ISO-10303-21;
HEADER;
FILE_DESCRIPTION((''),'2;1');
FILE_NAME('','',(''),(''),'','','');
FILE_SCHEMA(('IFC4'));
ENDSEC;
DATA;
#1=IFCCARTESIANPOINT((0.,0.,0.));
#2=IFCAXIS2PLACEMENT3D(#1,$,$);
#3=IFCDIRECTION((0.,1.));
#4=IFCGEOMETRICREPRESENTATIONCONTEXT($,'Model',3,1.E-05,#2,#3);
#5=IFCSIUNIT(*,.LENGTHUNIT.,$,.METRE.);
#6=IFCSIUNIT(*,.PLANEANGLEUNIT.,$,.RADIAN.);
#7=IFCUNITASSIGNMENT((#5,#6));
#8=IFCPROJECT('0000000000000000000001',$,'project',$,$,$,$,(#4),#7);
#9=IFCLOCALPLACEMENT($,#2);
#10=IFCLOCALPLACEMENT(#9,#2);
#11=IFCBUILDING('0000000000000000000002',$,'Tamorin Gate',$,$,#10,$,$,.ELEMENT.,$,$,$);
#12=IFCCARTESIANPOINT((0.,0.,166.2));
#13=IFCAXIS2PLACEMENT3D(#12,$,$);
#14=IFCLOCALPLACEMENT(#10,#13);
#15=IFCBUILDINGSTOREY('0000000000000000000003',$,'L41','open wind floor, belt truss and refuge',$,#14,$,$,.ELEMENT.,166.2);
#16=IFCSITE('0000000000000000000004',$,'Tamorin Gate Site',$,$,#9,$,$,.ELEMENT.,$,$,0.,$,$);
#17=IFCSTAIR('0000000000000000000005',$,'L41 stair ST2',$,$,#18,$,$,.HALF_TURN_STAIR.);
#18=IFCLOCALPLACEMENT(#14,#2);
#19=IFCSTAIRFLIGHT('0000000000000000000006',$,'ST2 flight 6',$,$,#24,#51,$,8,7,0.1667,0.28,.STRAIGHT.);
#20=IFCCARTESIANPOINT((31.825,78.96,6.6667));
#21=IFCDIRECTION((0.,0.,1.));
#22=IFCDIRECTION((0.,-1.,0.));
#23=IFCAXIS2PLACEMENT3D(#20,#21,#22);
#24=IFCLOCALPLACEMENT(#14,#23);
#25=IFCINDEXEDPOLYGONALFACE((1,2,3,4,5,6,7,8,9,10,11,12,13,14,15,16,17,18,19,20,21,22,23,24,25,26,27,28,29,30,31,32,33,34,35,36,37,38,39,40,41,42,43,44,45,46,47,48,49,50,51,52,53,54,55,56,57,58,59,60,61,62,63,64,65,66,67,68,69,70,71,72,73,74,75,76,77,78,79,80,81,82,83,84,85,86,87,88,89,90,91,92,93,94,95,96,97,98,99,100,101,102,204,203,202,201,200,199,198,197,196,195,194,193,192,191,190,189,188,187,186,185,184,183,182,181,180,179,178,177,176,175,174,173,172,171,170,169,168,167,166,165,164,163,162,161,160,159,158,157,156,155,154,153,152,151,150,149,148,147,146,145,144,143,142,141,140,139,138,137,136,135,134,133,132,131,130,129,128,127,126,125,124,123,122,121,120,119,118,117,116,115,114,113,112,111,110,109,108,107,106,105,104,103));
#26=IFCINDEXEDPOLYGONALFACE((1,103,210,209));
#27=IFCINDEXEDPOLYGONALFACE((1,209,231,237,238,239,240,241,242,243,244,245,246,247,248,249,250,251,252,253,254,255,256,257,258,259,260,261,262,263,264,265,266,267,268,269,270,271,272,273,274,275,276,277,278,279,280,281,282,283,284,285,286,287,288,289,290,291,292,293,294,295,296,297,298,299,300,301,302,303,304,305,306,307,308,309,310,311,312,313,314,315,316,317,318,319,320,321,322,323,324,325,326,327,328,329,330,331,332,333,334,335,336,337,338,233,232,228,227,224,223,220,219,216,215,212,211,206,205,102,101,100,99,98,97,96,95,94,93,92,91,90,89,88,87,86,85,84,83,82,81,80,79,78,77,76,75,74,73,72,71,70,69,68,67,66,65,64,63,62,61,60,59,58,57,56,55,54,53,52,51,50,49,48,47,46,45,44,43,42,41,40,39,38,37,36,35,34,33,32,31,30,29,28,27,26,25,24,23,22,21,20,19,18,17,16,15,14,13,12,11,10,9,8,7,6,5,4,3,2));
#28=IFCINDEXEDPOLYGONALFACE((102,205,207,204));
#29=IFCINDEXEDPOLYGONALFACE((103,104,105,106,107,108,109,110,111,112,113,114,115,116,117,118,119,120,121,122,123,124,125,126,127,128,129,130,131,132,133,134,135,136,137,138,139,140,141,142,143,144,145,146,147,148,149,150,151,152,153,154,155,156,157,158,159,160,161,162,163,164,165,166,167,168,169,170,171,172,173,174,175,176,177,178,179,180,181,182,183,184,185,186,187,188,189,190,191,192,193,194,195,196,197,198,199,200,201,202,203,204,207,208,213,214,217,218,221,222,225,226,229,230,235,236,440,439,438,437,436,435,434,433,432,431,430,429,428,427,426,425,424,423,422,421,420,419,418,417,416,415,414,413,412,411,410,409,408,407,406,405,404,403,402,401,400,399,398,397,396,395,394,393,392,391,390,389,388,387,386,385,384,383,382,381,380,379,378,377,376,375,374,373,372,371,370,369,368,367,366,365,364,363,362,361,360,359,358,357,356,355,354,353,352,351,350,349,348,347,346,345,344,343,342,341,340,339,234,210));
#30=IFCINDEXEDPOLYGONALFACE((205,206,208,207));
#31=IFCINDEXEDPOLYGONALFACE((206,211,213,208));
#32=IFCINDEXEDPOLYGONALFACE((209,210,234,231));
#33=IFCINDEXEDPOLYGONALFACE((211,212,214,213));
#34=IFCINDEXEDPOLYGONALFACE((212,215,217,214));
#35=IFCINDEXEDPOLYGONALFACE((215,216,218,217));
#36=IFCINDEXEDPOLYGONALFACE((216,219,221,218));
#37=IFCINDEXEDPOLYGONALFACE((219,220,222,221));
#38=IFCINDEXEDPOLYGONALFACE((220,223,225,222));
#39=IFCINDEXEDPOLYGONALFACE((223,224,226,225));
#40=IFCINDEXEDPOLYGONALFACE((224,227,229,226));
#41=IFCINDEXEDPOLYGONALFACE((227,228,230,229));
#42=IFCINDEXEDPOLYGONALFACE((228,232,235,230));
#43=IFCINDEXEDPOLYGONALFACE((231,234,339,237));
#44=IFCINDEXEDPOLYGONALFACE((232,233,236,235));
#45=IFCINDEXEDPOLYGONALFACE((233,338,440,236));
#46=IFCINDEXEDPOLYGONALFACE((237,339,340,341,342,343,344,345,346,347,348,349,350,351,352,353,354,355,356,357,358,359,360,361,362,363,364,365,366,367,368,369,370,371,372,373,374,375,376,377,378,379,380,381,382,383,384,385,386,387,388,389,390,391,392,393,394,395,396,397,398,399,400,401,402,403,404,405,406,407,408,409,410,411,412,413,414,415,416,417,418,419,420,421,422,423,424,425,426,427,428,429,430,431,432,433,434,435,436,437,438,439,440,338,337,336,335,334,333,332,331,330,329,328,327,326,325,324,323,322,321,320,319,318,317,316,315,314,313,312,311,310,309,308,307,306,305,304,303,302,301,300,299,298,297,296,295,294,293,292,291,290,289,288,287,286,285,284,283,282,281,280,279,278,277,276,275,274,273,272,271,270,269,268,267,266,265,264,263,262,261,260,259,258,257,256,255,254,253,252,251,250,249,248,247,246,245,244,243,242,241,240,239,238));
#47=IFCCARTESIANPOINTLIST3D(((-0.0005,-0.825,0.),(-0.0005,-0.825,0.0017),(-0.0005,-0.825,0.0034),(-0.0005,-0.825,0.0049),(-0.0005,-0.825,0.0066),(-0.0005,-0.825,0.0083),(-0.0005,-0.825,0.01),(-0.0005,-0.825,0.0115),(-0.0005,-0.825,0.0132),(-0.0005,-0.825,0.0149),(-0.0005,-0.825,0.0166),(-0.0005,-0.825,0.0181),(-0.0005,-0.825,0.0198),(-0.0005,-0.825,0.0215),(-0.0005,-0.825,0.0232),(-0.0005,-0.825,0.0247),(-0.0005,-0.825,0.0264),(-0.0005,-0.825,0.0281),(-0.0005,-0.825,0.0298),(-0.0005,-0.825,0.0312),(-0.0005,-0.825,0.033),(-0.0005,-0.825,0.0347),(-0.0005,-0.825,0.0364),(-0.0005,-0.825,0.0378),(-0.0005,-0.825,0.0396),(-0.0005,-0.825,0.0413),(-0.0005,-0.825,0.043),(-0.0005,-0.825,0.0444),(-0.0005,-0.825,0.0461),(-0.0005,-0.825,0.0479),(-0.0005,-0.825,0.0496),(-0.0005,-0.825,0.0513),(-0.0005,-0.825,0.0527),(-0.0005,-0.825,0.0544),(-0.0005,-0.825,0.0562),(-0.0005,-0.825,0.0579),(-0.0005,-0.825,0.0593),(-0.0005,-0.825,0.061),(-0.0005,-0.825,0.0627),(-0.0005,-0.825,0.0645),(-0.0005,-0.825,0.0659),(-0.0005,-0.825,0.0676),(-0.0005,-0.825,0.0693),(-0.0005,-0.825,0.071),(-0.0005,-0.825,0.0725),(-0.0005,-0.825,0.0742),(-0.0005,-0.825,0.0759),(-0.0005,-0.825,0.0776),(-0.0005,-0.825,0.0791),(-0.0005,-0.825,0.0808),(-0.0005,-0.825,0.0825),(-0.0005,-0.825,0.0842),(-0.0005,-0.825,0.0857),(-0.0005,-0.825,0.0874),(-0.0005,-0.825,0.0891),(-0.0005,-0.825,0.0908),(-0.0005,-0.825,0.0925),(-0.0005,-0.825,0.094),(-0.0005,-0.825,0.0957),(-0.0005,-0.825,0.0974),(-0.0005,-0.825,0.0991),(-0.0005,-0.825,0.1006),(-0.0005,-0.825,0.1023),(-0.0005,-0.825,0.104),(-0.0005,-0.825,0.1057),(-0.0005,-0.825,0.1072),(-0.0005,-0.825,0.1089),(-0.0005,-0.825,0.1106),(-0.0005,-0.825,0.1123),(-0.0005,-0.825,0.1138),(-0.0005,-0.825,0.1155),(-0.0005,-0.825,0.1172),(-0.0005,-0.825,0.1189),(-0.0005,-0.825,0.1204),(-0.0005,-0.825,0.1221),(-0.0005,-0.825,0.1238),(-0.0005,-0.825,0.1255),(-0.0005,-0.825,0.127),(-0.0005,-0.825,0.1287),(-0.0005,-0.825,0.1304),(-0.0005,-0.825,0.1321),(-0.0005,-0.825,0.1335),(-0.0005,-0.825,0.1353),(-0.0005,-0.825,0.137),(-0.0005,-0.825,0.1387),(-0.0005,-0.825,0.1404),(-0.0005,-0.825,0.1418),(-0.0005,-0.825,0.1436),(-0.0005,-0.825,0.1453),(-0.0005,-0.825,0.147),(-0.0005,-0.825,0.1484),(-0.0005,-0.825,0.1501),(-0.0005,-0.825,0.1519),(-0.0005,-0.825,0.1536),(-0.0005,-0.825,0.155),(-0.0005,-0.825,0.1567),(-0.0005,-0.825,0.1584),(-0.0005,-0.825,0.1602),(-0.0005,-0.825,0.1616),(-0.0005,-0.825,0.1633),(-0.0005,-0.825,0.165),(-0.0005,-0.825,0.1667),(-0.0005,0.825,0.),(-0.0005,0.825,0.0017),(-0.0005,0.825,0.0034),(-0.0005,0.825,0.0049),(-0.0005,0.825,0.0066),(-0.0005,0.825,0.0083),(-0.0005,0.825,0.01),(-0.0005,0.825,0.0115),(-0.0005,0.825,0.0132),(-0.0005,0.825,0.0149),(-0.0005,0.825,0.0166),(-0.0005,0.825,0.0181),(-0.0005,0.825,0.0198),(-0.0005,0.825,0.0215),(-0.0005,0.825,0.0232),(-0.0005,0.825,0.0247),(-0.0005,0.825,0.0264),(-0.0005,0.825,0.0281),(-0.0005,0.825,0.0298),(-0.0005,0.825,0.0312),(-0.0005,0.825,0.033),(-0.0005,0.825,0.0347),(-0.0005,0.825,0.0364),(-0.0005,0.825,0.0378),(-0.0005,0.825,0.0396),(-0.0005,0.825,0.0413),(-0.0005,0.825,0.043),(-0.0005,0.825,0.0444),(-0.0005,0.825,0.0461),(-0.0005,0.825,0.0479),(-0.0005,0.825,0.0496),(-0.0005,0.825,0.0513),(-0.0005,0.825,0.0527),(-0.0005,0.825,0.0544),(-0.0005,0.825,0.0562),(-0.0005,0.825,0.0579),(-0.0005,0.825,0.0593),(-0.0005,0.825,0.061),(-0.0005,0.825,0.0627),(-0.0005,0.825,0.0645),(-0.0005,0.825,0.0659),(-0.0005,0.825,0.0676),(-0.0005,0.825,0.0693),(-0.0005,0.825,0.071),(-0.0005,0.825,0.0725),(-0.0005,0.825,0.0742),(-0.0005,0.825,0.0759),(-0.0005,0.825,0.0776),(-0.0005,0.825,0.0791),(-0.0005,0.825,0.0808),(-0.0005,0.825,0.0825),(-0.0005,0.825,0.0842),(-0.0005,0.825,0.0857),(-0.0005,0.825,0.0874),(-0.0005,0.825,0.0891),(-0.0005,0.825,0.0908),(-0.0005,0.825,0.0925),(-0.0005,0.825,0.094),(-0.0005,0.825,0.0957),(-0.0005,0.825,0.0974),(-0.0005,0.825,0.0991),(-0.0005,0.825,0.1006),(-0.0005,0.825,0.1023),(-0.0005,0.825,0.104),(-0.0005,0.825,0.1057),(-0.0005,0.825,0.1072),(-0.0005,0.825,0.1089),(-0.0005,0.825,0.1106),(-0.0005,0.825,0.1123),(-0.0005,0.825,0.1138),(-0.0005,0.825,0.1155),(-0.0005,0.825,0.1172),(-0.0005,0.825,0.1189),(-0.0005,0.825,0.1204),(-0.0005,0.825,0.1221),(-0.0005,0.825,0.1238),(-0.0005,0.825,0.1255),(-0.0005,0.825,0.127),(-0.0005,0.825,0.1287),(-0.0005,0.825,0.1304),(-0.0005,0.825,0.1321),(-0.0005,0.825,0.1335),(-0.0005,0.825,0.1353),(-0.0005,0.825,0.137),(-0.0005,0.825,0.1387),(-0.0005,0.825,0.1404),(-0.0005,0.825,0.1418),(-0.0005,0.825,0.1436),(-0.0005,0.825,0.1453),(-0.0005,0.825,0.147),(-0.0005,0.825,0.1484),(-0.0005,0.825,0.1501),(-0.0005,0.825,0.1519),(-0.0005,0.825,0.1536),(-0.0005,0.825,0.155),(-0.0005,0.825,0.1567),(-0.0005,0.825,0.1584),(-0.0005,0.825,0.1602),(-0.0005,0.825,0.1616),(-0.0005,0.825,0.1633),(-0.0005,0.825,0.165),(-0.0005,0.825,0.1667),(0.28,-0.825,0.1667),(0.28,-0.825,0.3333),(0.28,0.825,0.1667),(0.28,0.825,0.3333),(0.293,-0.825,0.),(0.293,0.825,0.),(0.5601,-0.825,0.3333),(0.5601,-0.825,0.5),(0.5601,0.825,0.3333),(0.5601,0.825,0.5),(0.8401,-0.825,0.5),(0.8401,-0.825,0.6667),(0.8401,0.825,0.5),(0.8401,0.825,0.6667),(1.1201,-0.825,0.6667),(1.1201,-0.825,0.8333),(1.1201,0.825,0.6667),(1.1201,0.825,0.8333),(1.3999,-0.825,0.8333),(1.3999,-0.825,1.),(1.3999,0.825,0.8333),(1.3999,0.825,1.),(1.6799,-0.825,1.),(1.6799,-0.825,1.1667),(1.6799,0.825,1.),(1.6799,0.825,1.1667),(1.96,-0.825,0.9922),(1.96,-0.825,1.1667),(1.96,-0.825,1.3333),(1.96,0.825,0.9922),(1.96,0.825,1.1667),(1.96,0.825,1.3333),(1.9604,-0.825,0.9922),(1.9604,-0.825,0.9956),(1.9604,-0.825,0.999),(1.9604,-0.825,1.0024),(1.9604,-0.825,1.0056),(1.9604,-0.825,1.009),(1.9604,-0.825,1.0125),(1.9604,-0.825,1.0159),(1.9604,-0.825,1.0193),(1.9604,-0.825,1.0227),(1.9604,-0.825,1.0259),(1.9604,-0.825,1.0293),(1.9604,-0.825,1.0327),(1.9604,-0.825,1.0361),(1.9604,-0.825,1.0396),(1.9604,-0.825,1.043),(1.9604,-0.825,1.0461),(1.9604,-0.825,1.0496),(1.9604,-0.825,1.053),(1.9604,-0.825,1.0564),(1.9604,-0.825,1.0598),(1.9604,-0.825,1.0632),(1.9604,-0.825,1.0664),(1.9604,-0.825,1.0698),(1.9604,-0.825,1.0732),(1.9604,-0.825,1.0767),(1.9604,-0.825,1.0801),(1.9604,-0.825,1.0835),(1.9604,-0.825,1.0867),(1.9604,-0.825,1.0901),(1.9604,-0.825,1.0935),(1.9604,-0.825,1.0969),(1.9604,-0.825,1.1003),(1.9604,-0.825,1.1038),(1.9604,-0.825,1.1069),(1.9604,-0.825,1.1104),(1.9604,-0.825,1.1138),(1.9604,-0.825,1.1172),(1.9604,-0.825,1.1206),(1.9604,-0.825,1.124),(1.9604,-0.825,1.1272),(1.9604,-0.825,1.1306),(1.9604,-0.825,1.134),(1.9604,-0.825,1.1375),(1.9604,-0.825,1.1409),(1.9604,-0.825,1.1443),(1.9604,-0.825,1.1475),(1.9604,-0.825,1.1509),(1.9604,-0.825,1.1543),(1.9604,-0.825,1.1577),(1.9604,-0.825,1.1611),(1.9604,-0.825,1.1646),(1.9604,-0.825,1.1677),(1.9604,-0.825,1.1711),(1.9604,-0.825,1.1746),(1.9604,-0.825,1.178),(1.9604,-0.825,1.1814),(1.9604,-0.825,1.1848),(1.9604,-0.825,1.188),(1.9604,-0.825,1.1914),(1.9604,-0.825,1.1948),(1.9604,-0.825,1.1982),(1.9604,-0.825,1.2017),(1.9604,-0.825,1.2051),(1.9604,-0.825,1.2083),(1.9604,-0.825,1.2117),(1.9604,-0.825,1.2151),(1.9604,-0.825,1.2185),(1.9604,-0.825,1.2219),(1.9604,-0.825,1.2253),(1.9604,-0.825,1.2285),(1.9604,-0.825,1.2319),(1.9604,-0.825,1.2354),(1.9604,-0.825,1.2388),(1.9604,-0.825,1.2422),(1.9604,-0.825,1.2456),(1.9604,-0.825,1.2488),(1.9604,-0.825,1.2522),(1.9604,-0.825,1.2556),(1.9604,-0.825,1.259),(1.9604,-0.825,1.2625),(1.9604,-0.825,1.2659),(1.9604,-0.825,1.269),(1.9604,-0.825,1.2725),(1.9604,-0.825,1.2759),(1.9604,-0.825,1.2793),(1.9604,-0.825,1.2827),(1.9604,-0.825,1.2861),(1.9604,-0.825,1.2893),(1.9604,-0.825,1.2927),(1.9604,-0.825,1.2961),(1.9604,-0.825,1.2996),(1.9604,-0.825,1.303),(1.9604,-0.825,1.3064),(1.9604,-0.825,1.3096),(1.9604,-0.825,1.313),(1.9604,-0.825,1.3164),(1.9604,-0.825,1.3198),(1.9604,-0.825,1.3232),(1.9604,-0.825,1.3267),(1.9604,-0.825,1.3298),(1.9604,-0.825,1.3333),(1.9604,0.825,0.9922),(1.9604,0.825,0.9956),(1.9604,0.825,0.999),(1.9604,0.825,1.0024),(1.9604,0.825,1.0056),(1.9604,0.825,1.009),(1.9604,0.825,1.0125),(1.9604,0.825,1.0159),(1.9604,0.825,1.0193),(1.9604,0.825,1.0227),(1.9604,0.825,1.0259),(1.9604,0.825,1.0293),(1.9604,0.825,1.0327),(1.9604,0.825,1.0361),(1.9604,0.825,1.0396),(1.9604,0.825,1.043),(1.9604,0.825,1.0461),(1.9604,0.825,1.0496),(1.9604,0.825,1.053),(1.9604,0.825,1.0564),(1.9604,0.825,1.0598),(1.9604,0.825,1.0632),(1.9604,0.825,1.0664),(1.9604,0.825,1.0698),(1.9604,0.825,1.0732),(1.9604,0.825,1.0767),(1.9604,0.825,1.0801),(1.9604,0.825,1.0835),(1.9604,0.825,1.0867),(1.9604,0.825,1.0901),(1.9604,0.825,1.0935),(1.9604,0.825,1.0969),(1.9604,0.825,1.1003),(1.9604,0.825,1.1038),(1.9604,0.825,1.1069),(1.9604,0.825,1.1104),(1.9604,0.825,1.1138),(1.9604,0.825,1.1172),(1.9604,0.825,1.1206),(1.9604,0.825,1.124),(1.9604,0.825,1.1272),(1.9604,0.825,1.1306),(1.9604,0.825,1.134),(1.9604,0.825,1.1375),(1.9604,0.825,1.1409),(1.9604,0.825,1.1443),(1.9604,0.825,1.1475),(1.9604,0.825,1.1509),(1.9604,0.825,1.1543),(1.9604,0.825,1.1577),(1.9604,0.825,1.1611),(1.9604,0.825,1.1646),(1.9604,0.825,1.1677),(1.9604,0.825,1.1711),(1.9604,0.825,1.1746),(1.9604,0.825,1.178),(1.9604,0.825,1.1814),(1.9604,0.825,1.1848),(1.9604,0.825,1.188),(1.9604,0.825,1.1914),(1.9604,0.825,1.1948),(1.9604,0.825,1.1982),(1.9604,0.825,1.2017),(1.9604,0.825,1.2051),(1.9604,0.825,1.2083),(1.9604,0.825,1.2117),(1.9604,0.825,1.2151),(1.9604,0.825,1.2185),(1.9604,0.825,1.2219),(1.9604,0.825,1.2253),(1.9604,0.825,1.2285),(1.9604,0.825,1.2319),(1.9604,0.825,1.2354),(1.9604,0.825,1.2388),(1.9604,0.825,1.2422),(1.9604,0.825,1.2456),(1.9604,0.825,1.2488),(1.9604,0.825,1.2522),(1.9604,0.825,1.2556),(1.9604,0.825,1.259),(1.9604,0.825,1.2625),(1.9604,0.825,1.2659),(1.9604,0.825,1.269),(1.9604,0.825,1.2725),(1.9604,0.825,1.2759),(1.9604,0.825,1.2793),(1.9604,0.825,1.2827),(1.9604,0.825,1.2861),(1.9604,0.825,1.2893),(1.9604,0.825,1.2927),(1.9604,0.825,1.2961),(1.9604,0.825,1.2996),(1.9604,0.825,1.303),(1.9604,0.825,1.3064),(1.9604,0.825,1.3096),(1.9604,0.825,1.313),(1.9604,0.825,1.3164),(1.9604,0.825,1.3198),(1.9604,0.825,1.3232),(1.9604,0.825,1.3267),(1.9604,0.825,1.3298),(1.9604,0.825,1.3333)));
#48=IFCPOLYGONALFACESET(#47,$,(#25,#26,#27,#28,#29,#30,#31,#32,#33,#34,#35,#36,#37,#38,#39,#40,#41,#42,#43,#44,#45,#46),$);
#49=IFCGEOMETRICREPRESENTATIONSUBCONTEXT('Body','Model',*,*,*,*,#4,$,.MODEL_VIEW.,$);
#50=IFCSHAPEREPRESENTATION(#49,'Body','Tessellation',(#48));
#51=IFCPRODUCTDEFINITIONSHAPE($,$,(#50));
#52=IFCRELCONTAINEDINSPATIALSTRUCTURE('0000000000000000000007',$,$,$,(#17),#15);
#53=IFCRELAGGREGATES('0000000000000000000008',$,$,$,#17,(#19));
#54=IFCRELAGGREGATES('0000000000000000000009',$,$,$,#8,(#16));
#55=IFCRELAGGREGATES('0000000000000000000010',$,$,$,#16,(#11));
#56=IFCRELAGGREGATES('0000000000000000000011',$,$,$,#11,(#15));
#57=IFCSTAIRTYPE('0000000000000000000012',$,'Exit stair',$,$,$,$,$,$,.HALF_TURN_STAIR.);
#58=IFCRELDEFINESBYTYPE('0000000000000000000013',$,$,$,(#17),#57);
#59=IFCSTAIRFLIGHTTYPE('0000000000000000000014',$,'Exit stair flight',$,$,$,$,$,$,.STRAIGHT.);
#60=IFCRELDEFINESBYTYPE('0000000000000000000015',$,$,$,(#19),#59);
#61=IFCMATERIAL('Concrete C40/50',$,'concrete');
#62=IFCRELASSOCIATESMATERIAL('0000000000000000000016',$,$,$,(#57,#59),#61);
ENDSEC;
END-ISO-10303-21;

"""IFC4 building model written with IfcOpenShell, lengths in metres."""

from ifc_helpers import new_model, si_unit, direction, frame, origin, place, context, subcontext, project, spatial, polyline, outline, extrude, material, type_object, element, aggregate, save


model = new_model("IFC4")

# Units and contexts
model_context = context("Model", 3, precision=1e-05, world=origin(), true_north=direction((0.0, 1.0)))
body_context = subcontext(model_context, "Body", "Model", "MODEL_VIEW")
ifc_project = project(units=[si_unit("LENGTHUNIT", "METRE"), si_unit("PLANEANGLEUNIT", "RADIAN")], contexts=[model_context])

# Site, building, storey
site_placement = place(None, origin())
site = spatial("IfcSite", under=ifc_project, at=site_placement, Name="Tamorin Gate Site", CompositionType="ELEMENT", RefElevation=0.0)
building_placement = place(site_placement, origin())
building = spatial("IfcBuilding", under=site, at=building_placement, Name="Tamorin Gate", CompositionType="ELEMENT")
storey_placement = place(building_placement, frame((0.0, 0.0, 166.2)))
storey = spatial("IfcBuildingStorey", under=building, at=storey_placement, Name="L41", Description="open wind floor, belt truss and refuge", CompositionType="ELEMENT", Elevation=166.2)

# Stair, stair flight
ifc_material_1 = material(Name="Concrete C40/50", Category="concrete")
stair_type = type_object("IfcStairType", Name="Exit stair", PredefinedType="HALF_TURN_STAIR", material=ifc_material_1)
stair_placement = place(storey_placement, origin())
stair = element("IfcStair", 1, at=stair_placement, inside=storey, type_object=stair_type, Name="L41 stair ST2", PredefinedType="HALF_TURN_STAIR")
stair_flight_type = type_object("IfcStairFlightType", Name="Exit stair flight", PredefinedType="STRAIGHT", material=ifc_material_1)
stair_flight_1_placement = place(storey_placement, frame((31.825, 78.96, 6.6667), z_axis=(0.0, 0.0, 1.0), x_axis=(0.0, -1.0, 0.0)))
stair_flight_1 = element("IfcStairFlight", 2, at=stair_flight_1_placement, type_object=stair_flight_type, Name="ST2 flight 6", NumberOfRisers=8, NumberOfTreads=7, PredefinedType="STRAIGHT", RiserHeight=0.1667, TreadLength=0.28, context=body_context, shape_type="SweptSolid", body=[
    extrude(outline(polyline([(-0.0005, 0.0), (-0.0005, 0.0017), (-0.0005, 0.0034), (-0.0005, 0.0049), (-0.0005, 0.0066), (-0.0005, 0.0083), (-0.0005, 0.01), (-0.0005, 0.0115), (-0.0005, 0.0132), (-0.0005, 0.0149), (-0.0005, 0.0166), (-0.0005, 0.0181), (-0.0005, 0.0198), (-0.0005, 0.0215), (-0.0005, 0.0232), (-0.0005, 0.0247), (-0.0005, 0.0264), (-0.0005, 0.0281), (-0.0005, 0.0298), (-0.0005, 0.0312), (-0.0005, 0.033), (-0.0005, 0.0347), (-0.0005, 0.0364), (-0.0005, 0.0378), (-0.0005, 0.0396), (-0.0005, 0.0413), (-0.0005, 0.043), (-0.0005, 0.0444), (-0.0005, 0.0461), (-0.0005, 0.0479), (-0.0005, 0.0496), (-0.0005, 0.0513), (-0.0005, 0.0527), (-0.0005, 0.0544), (-0.0005, 0.0562), (-0.0005, 0.0579), (-0.0005, 0.0593), (-0.0005, 0.061), (-0.0005, 0.0627), (-0.0005, 0.0645), (-0.0005, 0.0659), (-0.0005, 0.0676), (-0.0005, 0.0693), (-0.0005, 0.071), (-0.0005, 0.0725), (-0.0005, 0.0742), (-0.0005, 0.0759), (-0.0005, 0.0776), (-0.0005, 0.0791), (-0.0005, 0.0808), (-0.0005, 0.0825), (-0.0005, 0.0842), (-0.0005, 0.0857), (-0.0005, 0.0874), (-0.0005, 0.0891), (-0.0005, 0.0908), (-0.0005, 0.0925), (-0.0005, 0.094), (-0.0005, 0.0957), (-0.0005, 0.0974), (-0.0005, 0.0991), (-0.0005, 0.1006), (-0.0005, 0.1023), (-0.0005, 0.104), (-0.0005, 0.1057), (-0.0005, 0.1072), (-0.0005, 0.1089), (-0.0005, 0.1106), (-0.0005, 0.1123), (-0.0005, 0.1138), (-0.0005, 0.1155), (-0.0005, 0.1172), (-0.0005, 0.1189), (-0.0005, 0.1204), (-0.0005, 0.1221), (-0.0005, 0.1238), (-0.0005, 0.1255), (-0.0005, 0.127), (-0.0005, 0.1287), (-0.0005, 0.1304), (-0.0005, 0.1321), (-0.0005, 0.1335), (-0.0005, 0.1353), (-0.0005, 0.137), (-0.0005, 0.1387), (-0.0005, 0.1404), (-0.0005, 0.1418), (-0.0005, 0.1436), (-0.0005, 0.1453), (-0.0005, 0.147), (-0.0005, 0.1484), (-0.0005, 0.1501), (-0.0005, 0.1519), (-0.0005, 0.1536), (-0.0005, 0.155), (-0.0005, 0.1567), (-0.0005, 0.1584), (-0.0005, 0.1602), (-0.0005, 0.1616), (-0.0005, 0.1633), (-0.0005, 0.165), (-0.0005, 0.1667), (0.28, 0.1667), (0.28, 0.3333), (0.5601, 0.3333), (0.5601, 0.5), (0.8401, 0.5), (0.8401, 0.6667), (1.1201, 0.6667), (1.1201, 0.8333), (1.3999, 0.8333), (1.3999, 1.0), (1.6799, 1.0), (1.6799, 1.1667), (1.96, 1.1667), (1.96, 1.3333), (1.9604, 1.3333), (1.9604, 1.3298), (1.9604, 1.3267), (1.9604, 1.3232), (1.9604, 1.3198), (1.9604, 1.3164), (1.9604, 1.313), (1.9604, 1.3096), (1.9604, 1.3064), (1.9604, 1.303), (1.9604, 1.2996), (1.9604, 1.2961), (1.9604, 1.2927), (1.9604, 1.2893), (1.9604, 1.2861), (1.9604, 1.2827), (1.9604, 1.2793), (1.9604, 1.2759), (1.9604, 1.2725), (1.9604, 1.269), (1.9604, 1.2659), (1.9604, 1.2625), (1.9604, 1.259), (1.9604, 1.2556), (1.9604, 1.2522), (1.9604, 1.2488), (1.9604, 1.2456), (1.9604, 1.2422), (1.9604, 1.2388), (1.9604, 1.2354), (1.9604, 1.2319), (1.9604, 1.2285), (1.9604, 1.2253), (1.9604, 1.2219), (1.9604, 1.2185), (1.9604, 1.2151), (1.9604, 1.2117), (1.9604, 1.2083), (1.9604, 1.2051), (1.9604, 1.2017), (1.9604, 1.1982), (1.9604, 1.1948), (1.9604, 1.1914), (1.9604, 1.188), (1.9604, 1.1848), (1.9604, 1.1814), (1.9604, 1.178), (1.9604, 1.1746), (1.9604, 1.1711), (1.9604, 1.1677), (1.9604, 1.1646), (1.9604, 1.1611), (1.9604, 1.1577), (1.9604, 1.1543), (1.9604, 1.1509), (1.9604, 1.1475), (1.9604, 1.1443), (1.9604, 1.1409), (1.9604, 1.1375), (1.9604, 1.134), (1.9604, 1.1306), (1.9604, 1.1272), (1.9604, 1.124), (1.9604, 1.1206), (1.9604, 1.1172), (1.9604, 1.1138), (1.9604, 1.1104), (1.9604, 1.1069), (1.9604, 1.1038), (1.9604, 1.1003), (1.9604, 1.0969), (1.9604, 1.0935), (1.9604, 1.0901), (1.9604, 1.0867), (1.9604, 1.0835), (1.9604, 1.0801), (1.9604, 1.0767), (1.9604, 1.0732), (1.9604, 1.0698), (1.9604, 1.0664), (1.9604, 1.0632), (1.9604, 1.0598), (1.9604, 1.0564), (1.9604, 1.053), (1.9604, 1.0496), (1.9604, 1.0461), (1.9604, 1.043), (1.9604, 1.0396), (1.9604, 1.0361), (1.9604, 1.0327), (1.9604, 1.0293), (1.9604, 1.0259), (1.9604, 1.0227), (1.9604, 1.0193), (1.9604, 1.0159), (1.9604, 1.0125), (1.9604, 1.009), (1.9604, 1.0056), (1.9604, 1.0024), (1.9604, 0.999), (1.9604, 0.9956), (1.9604, 0.9922), (1.96, 0.9922), (0.293, 0.0), (-0.0005, 0.0)])), frame((0.0, 0.825, 0.0), z_axis=(0.0, -1.0, 0.0), x_axis=(1.0, 0.0, 0.0)), (0.0, 0.0, 1.0), 1.6499),
])
aggregate(stair, [stair_flight_1])

save(model, "model.ifc")
